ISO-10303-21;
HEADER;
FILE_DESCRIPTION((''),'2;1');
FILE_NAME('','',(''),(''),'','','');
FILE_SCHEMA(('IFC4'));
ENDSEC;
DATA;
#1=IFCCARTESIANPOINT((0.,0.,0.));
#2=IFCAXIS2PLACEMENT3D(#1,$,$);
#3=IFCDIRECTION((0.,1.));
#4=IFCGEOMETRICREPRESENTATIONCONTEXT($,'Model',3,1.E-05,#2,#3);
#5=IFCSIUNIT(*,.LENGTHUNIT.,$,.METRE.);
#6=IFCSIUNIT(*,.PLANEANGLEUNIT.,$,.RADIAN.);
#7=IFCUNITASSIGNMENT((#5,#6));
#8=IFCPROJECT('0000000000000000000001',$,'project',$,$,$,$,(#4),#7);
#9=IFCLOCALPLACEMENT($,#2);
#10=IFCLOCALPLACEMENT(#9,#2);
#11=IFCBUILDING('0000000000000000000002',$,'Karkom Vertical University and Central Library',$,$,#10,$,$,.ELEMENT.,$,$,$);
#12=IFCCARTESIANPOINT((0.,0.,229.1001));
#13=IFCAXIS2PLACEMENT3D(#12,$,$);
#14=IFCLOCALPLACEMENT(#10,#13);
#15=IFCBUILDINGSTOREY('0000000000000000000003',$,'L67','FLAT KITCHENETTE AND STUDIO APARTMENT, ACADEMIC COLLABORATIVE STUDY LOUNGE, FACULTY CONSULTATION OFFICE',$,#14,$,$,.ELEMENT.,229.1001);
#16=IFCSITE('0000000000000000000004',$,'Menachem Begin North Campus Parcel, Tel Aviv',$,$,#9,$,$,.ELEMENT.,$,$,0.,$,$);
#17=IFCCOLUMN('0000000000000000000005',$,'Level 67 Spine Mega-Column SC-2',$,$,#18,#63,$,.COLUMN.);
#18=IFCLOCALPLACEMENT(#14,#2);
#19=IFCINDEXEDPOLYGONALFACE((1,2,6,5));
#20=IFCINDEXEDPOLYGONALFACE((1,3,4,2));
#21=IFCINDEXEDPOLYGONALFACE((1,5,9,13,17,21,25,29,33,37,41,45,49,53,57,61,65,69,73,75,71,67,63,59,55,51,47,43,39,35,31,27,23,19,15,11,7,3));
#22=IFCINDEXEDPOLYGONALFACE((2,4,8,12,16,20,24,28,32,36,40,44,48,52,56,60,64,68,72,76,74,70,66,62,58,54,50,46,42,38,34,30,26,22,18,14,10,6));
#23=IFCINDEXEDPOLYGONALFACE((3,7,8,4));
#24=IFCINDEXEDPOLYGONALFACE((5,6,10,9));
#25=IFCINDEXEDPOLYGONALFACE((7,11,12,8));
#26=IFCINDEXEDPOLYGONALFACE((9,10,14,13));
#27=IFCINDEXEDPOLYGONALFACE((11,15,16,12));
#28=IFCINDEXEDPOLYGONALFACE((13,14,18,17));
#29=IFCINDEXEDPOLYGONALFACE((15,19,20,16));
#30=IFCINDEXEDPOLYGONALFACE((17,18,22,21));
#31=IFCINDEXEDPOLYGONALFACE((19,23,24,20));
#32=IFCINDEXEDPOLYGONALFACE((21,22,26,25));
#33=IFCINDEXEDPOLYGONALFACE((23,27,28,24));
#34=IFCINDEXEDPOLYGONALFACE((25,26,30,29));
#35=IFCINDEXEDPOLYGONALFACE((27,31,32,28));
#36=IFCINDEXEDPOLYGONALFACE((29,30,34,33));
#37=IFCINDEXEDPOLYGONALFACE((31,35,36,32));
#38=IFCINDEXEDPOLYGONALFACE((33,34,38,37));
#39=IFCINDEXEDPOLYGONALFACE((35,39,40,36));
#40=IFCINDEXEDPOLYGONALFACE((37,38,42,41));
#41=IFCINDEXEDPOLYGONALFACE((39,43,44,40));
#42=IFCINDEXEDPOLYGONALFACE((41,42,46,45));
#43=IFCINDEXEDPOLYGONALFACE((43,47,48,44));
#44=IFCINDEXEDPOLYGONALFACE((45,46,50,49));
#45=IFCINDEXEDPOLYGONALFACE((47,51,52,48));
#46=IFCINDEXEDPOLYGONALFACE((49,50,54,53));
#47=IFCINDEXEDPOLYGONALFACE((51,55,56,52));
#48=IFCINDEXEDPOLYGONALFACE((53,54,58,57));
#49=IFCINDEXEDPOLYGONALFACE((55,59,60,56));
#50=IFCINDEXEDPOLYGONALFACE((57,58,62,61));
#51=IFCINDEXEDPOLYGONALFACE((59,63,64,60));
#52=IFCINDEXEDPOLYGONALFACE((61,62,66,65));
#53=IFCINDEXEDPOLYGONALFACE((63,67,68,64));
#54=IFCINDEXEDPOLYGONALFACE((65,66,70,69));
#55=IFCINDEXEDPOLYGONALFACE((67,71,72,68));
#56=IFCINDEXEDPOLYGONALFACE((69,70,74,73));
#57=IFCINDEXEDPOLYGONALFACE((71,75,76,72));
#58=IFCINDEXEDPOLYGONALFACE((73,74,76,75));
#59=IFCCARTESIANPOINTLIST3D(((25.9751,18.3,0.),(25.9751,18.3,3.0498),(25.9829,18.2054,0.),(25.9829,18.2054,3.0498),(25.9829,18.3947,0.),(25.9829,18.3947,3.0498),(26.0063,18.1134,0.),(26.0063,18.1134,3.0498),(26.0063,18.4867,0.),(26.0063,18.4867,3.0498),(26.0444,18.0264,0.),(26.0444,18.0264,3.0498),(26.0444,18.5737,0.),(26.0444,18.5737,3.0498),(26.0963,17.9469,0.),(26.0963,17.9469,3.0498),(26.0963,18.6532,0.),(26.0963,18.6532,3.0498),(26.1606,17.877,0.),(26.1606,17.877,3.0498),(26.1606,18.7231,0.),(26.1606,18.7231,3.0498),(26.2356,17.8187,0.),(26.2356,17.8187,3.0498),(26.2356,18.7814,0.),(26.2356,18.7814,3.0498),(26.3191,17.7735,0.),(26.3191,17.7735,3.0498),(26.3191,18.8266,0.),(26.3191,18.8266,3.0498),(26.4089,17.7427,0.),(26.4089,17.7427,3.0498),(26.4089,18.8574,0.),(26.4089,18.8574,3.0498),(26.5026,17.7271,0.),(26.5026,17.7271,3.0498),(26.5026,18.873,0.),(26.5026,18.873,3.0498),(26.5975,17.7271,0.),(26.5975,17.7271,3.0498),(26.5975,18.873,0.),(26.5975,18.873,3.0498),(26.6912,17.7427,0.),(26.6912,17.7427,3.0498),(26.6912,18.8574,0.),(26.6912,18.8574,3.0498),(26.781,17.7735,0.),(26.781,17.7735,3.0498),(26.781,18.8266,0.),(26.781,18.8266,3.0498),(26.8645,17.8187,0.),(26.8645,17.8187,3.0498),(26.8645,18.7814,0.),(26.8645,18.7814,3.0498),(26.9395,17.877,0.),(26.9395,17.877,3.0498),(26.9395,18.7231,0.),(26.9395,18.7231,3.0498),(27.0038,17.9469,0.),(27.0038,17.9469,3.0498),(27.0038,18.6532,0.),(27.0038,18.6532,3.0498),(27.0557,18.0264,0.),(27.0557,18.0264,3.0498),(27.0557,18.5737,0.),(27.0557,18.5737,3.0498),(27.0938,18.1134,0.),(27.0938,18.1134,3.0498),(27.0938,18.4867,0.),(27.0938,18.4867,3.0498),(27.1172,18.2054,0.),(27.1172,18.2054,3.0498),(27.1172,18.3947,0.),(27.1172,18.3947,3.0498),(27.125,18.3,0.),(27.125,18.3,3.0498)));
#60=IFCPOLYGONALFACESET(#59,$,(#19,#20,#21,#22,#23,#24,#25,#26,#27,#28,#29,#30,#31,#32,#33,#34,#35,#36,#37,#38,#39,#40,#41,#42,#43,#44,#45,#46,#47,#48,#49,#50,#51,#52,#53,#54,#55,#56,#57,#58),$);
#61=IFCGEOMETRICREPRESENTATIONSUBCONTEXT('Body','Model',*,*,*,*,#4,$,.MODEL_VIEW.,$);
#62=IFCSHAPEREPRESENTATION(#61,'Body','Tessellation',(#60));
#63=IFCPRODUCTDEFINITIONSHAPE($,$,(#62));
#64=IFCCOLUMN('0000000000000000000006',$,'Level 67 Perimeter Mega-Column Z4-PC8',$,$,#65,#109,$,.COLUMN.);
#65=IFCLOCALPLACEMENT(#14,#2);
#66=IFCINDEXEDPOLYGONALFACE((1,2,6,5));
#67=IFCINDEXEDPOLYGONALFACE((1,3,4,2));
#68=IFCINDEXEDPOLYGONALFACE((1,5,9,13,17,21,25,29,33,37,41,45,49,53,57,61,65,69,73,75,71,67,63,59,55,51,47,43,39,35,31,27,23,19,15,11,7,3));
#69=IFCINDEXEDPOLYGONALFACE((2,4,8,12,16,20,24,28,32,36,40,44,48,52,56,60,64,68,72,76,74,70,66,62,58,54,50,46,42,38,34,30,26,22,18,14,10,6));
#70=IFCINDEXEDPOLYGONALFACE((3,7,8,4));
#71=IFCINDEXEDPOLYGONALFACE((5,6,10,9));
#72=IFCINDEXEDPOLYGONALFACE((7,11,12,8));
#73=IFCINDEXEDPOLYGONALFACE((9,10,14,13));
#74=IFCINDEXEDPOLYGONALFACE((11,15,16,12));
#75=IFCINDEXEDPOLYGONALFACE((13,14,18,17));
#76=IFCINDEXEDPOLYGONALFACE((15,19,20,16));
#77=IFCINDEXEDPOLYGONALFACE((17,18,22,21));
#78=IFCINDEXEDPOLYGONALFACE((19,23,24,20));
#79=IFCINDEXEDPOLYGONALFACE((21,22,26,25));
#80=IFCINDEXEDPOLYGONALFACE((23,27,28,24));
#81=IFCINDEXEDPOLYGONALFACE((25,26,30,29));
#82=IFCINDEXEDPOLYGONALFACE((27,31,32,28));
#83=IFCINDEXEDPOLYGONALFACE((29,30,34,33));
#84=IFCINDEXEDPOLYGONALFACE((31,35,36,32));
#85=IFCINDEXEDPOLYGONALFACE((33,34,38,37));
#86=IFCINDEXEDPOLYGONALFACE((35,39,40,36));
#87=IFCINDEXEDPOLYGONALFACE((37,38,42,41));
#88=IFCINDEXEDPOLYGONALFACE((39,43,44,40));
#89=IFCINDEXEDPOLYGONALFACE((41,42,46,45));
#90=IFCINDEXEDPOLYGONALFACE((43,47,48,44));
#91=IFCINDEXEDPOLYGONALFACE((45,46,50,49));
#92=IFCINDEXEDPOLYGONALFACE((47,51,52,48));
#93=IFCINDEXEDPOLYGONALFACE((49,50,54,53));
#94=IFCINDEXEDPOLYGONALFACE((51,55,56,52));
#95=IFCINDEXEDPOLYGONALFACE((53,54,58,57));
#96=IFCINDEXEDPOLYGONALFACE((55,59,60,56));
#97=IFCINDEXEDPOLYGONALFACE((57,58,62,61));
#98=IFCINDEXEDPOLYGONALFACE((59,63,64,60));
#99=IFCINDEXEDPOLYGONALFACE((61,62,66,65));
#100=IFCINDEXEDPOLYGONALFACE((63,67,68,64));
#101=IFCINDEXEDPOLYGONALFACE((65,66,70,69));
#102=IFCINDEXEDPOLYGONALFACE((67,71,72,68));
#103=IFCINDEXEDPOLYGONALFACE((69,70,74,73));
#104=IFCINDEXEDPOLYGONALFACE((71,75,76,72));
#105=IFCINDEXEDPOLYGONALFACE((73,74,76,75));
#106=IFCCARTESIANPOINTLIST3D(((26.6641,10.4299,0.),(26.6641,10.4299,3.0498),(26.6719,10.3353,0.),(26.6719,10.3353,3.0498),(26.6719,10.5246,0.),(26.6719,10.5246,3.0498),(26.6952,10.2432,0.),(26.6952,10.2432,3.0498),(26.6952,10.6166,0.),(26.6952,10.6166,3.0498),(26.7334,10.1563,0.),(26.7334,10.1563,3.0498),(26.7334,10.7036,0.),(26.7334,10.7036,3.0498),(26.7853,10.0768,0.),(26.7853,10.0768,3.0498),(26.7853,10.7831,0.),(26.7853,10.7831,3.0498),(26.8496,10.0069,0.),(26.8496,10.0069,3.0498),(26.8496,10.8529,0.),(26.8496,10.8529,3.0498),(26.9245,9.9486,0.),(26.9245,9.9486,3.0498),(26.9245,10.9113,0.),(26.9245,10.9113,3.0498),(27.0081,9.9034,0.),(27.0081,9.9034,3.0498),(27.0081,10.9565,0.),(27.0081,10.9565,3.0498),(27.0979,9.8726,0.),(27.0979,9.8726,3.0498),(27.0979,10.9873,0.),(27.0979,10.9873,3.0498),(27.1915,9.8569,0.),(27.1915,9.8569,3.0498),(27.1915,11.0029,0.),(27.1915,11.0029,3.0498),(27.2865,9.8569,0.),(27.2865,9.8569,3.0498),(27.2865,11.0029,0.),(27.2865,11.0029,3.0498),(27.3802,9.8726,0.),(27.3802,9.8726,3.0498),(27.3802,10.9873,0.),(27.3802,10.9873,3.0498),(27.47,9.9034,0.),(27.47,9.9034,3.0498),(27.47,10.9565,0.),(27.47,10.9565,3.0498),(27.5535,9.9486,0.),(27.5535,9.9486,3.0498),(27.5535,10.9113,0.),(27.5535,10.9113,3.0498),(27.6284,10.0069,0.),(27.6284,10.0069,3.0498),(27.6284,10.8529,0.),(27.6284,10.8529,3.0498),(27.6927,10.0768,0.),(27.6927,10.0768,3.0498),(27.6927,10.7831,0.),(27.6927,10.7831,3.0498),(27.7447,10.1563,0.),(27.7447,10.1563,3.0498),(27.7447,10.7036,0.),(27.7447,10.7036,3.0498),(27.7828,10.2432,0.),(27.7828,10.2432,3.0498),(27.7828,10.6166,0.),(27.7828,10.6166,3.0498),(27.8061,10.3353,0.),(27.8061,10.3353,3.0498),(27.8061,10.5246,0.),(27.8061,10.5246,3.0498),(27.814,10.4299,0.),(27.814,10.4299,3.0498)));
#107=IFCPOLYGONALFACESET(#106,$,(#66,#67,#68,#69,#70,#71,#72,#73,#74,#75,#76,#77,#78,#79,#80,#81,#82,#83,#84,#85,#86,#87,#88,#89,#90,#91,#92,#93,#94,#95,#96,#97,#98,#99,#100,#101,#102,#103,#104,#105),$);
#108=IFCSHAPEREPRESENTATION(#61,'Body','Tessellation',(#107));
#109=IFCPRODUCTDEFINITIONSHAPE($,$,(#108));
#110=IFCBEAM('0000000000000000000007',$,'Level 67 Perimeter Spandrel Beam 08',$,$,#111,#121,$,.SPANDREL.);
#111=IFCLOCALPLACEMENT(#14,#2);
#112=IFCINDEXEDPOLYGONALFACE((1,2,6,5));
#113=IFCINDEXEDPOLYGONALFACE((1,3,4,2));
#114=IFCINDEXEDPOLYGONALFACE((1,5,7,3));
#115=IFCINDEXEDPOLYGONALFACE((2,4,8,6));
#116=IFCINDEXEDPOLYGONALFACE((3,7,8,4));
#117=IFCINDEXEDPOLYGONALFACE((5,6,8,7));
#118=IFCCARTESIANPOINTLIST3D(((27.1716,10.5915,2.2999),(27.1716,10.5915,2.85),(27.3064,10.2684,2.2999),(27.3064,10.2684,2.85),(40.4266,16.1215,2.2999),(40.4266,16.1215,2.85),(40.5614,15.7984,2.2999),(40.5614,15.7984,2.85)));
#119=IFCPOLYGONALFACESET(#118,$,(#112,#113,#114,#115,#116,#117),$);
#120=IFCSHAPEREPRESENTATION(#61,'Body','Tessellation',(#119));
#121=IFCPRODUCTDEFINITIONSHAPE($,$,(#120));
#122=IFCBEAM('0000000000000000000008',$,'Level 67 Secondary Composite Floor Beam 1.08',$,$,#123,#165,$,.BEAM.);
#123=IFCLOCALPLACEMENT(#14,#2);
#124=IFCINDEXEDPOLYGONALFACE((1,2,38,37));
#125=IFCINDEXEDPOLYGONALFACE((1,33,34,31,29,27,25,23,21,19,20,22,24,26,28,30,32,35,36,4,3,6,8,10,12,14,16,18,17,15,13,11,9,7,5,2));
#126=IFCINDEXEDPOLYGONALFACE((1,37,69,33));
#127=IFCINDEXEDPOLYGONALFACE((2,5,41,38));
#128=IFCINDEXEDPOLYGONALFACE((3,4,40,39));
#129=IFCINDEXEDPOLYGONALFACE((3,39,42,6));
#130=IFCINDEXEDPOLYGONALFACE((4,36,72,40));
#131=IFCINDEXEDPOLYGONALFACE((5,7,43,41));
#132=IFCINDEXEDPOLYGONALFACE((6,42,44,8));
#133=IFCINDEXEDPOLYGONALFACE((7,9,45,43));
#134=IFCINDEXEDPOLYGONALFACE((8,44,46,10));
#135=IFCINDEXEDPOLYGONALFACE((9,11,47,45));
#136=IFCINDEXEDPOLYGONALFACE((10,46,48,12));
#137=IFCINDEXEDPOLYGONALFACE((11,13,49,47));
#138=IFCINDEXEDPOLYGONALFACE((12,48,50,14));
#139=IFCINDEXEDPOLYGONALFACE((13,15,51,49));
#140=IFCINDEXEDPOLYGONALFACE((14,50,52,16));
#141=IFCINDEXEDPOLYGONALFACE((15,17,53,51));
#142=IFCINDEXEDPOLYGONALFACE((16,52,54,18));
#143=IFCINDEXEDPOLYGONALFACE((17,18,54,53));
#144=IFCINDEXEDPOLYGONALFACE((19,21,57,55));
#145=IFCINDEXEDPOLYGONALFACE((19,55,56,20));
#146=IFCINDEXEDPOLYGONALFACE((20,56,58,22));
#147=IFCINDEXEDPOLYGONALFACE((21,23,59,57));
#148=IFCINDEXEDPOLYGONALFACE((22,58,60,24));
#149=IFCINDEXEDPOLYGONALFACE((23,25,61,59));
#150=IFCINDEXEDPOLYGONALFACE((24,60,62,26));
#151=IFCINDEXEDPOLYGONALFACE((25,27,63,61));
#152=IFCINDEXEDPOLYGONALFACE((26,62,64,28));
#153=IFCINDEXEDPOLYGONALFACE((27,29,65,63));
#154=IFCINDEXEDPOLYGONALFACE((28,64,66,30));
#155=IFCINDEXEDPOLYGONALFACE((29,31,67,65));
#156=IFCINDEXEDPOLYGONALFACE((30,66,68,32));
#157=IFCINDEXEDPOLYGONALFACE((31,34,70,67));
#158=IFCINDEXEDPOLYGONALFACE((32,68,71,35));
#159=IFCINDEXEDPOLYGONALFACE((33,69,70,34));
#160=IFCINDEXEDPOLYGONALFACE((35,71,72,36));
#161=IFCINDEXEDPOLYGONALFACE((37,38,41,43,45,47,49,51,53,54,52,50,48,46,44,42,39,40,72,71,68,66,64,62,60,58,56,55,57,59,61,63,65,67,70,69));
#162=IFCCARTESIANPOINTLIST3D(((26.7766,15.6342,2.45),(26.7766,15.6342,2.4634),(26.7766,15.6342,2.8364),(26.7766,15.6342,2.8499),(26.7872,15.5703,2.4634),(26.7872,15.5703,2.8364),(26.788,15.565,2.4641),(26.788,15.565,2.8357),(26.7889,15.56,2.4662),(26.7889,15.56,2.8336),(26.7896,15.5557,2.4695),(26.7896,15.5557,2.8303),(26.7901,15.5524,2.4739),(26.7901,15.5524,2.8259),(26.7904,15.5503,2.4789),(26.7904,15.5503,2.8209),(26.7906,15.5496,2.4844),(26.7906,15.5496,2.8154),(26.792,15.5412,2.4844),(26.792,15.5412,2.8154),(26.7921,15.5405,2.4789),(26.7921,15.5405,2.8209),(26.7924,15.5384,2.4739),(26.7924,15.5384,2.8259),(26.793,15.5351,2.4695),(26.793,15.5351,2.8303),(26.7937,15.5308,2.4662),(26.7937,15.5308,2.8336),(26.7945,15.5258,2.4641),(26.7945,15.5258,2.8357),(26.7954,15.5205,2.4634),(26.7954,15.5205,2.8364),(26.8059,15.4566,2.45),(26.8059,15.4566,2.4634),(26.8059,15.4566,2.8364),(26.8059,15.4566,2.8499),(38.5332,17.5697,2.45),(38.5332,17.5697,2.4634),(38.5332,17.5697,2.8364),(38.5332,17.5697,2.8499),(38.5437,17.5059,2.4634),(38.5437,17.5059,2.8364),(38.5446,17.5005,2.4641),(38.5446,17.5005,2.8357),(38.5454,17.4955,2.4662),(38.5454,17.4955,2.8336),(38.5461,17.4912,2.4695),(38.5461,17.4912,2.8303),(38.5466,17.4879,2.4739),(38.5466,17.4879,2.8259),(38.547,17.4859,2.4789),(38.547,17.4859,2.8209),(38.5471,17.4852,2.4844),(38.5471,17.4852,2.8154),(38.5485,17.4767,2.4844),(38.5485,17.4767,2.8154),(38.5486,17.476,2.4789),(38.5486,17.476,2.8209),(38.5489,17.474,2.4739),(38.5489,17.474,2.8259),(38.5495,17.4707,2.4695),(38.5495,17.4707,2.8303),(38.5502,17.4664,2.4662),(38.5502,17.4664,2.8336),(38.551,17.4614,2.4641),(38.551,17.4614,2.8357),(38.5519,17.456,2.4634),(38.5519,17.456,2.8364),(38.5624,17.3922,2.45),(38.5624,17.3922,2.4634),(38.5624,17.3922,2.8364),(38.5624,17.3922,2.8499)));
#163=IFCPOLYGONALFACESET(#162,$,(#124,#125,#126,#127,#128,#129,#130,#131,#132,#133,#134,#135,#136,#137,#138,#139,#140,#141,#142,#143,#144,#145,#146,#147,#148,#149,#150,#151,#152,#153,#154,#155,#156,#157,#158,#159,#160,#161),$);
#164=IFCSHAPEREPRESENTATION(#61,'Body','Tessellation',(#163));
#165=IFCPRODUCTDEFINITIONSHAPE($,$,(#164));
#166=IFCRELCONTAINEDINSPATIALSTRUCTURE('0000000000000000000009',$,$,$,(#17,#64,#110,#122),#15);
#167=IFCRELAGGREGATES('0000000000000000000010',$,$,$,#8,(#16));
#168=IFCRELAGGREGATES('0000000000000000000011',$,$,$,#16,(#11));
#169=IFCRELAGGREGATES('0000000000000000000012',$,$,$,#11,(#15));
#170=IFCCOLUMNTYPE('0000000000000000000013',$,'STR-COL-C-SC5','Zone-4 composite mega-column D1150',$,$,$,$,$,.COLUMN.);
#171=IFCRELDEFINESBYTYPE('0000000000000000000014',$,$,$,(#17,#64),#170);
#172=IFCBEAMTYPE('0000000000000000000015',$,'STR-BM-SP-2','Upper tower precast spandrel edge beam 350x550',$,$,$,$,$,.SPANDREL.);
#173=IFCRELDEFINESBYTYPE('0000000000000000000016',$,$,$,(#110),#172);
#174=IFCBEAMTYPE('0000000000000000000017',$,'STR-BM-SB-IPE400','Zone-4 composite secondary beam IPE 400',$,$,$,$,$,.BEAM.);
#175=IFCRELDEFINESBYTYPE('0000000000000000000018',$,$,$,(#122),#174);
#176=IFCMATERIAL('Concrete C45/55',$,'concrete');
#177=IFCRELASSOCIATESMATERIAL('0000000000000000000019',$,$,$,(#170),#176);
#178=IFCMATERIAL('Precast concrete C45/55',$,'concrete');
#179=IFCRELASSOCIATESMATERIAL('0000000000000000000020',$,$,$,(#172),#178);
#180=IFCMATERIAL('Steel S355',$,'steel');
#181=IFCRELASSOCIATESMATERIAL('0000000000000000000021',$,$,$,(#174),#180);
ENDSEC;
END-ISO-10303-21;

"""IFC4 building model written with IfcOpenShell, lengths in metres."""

from ifc_helpers import new_model, si_unit, direction, frame, origin, origin_with_axes, origin_2d, place, context, subcontext, project, spatial, rectangle, circle, i_section, extrude, source, transform, mapped, material, material_profile, profile_set, type_object, element, save


model = new_model("IFC4")

# Units and contexts
model_context = context("Model", 3, precision=1e-05, world=origin(), true_north=direction((0.0, 1.0)))
body_context = subcontext(model_context, "Body", "Model", "MODEL_VIEW")
ifc_project = project(units=[si_unit("LENGTHUNIT", "METRE"), si_unit("PLANEANGLEUNIT", "RADIAN")], contexts=[model_context])

# Site, building, storey
site_placement = place(None, origin())
site = spatial("IfcSite", under=ifc_project, at=site_placement, Name="Menachem Begin North Campus Parcel, Tel Aviv", CompositionType="ELEMENT", RefElevation=0.0)
building_placement = place(site_placement, origin())
building = spatial("IfcBuilding", under=site, at=building_placement, Name="Karkom Vertical University and Central Library", CompositionType="ELEMENT")
storey_placement = place(building_placement, frame((0.0, 0.0, 229.1001)))
storey = spatial("IfcBuildingStorey", under=building, at=storey_placement, Name="L67", Description="FLAT KITCHENETTE AND STUDIO APARTMENT, ACADEMIC COLLABORATIVE STUDY LOUNGE, FACULTY CONSULTATION OFFICE", CompositionType="ELEMENT", Elevation=229.1001)

# Columns
ifc_material_1 = material(Name="Concrete C45/55", Category="concrete")
ifc_material_profile_1 = material_profile(ifc_material_1, circle(Radius=0.575, at=origin_2d()), Name="CFT-D1150")
ifc_profile_set_1 = profile_set([ifc_material_profile_1], Name="Concrete C45/55")
column_type = type_object("IfcColumnType", Name="STR-COL-C-SC5", Description="Zone-4 composite mega-column D1150", PredefinedType="COLUMN", material=ifc_profile_set_1)
shared_shape_1 = source(origin_with_axes(), body_context, "Body", "SweptSolid", [
    extrude(circle(Radius=0.575, at=origin_2d()), origin(), (0.0, 0.0, 1.0), 3.0498),
])
for number, where, z_axis, x_axis, name in (
    (1, (26.55, 18.3, 0.0), (0.0, 0.0, 1.0), (1.0, 0.0, 0.0), "Level 67 Spine Mega-Column SC-2"),
    (2, (27.239, 10.4299, 0.0), (0.0, 0.0, 1.0), (1.0, 0.0, 0.0), "Level 67 Perimeter Mega-Column Z4-PC8"),
):
    element("IfcColumn", number, at=place(storey_placement, frame(where, z_axis=z_axis, x_axis=x_axis)), inside=storey, type_object=column_type, Name=name, PredefinedType="COLUMN", context=body_context, shape_type="MappedRepresentation", body=[
        mapped(shared_shape_1, transform((0.0, 0.0, 0.0), scale=1.0)),
    ])

# Beams
ifc_material_2 = material(Name="Precast concrete C45/55", Category="concrete")
ifc_material_profile_2 = material_profile(ifc_material_2, rectangle(XDim=0.3501, YDim=0.55, at=origin_2d()), Name="SPB-350x550")
ifc_profile_set_2 = profile_set([ifc_material_profile_2], Name="Precast concrete C45/55")
beam_type_1 = type_object("IfcBeamType", Name="STR-BM-SP-2", Description="Upper tower precast spandrel edge beam 350x550", PredefinedType="SPANDREL", material=ifc_profile_set_2)
shared_shape_2 = source(origin_with_axes(), body_context, "Body", "SweptSolid", [
    extrude(rectangle(XDim=0.3501, YDim=0.55, at=origin_2d()), origin(), (0.0, 0.0, 1.0), 14.3623),
])
beam_1_placement = place(storey_placement, frame((27.239, 10.4299, 2.575), z_axis=(0.9229, 0.38504, 0.0), x_axis=(-0.38504, 0.9229, 0.0)))
element("IfcBeam", 3, at=beam_1_placement, inside=storey, type_object=beam_type_1, Name="Level 67 Perimeter Spandrel Beam 08", PredefinedType="SPANDREL", context=body_context, shape_type="MappedRepresentation", body=[
    mapped(shared_shape_2, transform((0.0, 0.0, 0.0), scale=1.0)),
])
ifc_material_3 = material(Name="Steel S355", Category="steel")
ifc_material_profile_3 = material_profile(ifc_material_3, i_section(OverallWidth=0.1799, OverallDepth=0.3999, WebThickness=0.0085, FlangeThickness=0.0134, FilletRadius=0.021, at=origin_2d()), Name="IPE 400")
ifc_profile_set_3 = profile_set([ifc_material_profile_3], Name="Steel S355")
beam_type_2 = type_object("IfcBeamType", Name="STR-BM-SB-IPE400", Description="Zone-4 composite secondary beam IPE 400", PredefinedType="BEAM", material=ifc_profile_set_3)
shared_shape_3 = source(origin_with_axes(), body_context, "Body", "SweptSolid", [
    extrude(i_section(OverallWidth=0.1799, OverallDepth=0.3999, WebThickness=0.0085, FlangeThickness=0.0134, FilletRadius=0.021, at=origin_2d()), origin(), (0.0, 0.0, 1.0), 11.9148),
])
beam_2_placement = place(storey_placement, frame((26.7913, 15.5454, 2.6499), z_axis=(0.986717, 0.162448, 0.0), x_axis=(-0.162448, 0.986717, 0.0)))
element("IfcBeam", 4, at=beam_2_placement, inside=storey, type_object=beam_type_2, Name="Level 67 Secondary Composite Floor Beam 1.08", PredefinedType="BEAM", context=body_context, shape_type="MappedRepresentation", body=[
    mapped(shared_shape_3, transform((0.0, 0.0, 0.0), scale=1.0)),
])

save(model, "model.ifc")
